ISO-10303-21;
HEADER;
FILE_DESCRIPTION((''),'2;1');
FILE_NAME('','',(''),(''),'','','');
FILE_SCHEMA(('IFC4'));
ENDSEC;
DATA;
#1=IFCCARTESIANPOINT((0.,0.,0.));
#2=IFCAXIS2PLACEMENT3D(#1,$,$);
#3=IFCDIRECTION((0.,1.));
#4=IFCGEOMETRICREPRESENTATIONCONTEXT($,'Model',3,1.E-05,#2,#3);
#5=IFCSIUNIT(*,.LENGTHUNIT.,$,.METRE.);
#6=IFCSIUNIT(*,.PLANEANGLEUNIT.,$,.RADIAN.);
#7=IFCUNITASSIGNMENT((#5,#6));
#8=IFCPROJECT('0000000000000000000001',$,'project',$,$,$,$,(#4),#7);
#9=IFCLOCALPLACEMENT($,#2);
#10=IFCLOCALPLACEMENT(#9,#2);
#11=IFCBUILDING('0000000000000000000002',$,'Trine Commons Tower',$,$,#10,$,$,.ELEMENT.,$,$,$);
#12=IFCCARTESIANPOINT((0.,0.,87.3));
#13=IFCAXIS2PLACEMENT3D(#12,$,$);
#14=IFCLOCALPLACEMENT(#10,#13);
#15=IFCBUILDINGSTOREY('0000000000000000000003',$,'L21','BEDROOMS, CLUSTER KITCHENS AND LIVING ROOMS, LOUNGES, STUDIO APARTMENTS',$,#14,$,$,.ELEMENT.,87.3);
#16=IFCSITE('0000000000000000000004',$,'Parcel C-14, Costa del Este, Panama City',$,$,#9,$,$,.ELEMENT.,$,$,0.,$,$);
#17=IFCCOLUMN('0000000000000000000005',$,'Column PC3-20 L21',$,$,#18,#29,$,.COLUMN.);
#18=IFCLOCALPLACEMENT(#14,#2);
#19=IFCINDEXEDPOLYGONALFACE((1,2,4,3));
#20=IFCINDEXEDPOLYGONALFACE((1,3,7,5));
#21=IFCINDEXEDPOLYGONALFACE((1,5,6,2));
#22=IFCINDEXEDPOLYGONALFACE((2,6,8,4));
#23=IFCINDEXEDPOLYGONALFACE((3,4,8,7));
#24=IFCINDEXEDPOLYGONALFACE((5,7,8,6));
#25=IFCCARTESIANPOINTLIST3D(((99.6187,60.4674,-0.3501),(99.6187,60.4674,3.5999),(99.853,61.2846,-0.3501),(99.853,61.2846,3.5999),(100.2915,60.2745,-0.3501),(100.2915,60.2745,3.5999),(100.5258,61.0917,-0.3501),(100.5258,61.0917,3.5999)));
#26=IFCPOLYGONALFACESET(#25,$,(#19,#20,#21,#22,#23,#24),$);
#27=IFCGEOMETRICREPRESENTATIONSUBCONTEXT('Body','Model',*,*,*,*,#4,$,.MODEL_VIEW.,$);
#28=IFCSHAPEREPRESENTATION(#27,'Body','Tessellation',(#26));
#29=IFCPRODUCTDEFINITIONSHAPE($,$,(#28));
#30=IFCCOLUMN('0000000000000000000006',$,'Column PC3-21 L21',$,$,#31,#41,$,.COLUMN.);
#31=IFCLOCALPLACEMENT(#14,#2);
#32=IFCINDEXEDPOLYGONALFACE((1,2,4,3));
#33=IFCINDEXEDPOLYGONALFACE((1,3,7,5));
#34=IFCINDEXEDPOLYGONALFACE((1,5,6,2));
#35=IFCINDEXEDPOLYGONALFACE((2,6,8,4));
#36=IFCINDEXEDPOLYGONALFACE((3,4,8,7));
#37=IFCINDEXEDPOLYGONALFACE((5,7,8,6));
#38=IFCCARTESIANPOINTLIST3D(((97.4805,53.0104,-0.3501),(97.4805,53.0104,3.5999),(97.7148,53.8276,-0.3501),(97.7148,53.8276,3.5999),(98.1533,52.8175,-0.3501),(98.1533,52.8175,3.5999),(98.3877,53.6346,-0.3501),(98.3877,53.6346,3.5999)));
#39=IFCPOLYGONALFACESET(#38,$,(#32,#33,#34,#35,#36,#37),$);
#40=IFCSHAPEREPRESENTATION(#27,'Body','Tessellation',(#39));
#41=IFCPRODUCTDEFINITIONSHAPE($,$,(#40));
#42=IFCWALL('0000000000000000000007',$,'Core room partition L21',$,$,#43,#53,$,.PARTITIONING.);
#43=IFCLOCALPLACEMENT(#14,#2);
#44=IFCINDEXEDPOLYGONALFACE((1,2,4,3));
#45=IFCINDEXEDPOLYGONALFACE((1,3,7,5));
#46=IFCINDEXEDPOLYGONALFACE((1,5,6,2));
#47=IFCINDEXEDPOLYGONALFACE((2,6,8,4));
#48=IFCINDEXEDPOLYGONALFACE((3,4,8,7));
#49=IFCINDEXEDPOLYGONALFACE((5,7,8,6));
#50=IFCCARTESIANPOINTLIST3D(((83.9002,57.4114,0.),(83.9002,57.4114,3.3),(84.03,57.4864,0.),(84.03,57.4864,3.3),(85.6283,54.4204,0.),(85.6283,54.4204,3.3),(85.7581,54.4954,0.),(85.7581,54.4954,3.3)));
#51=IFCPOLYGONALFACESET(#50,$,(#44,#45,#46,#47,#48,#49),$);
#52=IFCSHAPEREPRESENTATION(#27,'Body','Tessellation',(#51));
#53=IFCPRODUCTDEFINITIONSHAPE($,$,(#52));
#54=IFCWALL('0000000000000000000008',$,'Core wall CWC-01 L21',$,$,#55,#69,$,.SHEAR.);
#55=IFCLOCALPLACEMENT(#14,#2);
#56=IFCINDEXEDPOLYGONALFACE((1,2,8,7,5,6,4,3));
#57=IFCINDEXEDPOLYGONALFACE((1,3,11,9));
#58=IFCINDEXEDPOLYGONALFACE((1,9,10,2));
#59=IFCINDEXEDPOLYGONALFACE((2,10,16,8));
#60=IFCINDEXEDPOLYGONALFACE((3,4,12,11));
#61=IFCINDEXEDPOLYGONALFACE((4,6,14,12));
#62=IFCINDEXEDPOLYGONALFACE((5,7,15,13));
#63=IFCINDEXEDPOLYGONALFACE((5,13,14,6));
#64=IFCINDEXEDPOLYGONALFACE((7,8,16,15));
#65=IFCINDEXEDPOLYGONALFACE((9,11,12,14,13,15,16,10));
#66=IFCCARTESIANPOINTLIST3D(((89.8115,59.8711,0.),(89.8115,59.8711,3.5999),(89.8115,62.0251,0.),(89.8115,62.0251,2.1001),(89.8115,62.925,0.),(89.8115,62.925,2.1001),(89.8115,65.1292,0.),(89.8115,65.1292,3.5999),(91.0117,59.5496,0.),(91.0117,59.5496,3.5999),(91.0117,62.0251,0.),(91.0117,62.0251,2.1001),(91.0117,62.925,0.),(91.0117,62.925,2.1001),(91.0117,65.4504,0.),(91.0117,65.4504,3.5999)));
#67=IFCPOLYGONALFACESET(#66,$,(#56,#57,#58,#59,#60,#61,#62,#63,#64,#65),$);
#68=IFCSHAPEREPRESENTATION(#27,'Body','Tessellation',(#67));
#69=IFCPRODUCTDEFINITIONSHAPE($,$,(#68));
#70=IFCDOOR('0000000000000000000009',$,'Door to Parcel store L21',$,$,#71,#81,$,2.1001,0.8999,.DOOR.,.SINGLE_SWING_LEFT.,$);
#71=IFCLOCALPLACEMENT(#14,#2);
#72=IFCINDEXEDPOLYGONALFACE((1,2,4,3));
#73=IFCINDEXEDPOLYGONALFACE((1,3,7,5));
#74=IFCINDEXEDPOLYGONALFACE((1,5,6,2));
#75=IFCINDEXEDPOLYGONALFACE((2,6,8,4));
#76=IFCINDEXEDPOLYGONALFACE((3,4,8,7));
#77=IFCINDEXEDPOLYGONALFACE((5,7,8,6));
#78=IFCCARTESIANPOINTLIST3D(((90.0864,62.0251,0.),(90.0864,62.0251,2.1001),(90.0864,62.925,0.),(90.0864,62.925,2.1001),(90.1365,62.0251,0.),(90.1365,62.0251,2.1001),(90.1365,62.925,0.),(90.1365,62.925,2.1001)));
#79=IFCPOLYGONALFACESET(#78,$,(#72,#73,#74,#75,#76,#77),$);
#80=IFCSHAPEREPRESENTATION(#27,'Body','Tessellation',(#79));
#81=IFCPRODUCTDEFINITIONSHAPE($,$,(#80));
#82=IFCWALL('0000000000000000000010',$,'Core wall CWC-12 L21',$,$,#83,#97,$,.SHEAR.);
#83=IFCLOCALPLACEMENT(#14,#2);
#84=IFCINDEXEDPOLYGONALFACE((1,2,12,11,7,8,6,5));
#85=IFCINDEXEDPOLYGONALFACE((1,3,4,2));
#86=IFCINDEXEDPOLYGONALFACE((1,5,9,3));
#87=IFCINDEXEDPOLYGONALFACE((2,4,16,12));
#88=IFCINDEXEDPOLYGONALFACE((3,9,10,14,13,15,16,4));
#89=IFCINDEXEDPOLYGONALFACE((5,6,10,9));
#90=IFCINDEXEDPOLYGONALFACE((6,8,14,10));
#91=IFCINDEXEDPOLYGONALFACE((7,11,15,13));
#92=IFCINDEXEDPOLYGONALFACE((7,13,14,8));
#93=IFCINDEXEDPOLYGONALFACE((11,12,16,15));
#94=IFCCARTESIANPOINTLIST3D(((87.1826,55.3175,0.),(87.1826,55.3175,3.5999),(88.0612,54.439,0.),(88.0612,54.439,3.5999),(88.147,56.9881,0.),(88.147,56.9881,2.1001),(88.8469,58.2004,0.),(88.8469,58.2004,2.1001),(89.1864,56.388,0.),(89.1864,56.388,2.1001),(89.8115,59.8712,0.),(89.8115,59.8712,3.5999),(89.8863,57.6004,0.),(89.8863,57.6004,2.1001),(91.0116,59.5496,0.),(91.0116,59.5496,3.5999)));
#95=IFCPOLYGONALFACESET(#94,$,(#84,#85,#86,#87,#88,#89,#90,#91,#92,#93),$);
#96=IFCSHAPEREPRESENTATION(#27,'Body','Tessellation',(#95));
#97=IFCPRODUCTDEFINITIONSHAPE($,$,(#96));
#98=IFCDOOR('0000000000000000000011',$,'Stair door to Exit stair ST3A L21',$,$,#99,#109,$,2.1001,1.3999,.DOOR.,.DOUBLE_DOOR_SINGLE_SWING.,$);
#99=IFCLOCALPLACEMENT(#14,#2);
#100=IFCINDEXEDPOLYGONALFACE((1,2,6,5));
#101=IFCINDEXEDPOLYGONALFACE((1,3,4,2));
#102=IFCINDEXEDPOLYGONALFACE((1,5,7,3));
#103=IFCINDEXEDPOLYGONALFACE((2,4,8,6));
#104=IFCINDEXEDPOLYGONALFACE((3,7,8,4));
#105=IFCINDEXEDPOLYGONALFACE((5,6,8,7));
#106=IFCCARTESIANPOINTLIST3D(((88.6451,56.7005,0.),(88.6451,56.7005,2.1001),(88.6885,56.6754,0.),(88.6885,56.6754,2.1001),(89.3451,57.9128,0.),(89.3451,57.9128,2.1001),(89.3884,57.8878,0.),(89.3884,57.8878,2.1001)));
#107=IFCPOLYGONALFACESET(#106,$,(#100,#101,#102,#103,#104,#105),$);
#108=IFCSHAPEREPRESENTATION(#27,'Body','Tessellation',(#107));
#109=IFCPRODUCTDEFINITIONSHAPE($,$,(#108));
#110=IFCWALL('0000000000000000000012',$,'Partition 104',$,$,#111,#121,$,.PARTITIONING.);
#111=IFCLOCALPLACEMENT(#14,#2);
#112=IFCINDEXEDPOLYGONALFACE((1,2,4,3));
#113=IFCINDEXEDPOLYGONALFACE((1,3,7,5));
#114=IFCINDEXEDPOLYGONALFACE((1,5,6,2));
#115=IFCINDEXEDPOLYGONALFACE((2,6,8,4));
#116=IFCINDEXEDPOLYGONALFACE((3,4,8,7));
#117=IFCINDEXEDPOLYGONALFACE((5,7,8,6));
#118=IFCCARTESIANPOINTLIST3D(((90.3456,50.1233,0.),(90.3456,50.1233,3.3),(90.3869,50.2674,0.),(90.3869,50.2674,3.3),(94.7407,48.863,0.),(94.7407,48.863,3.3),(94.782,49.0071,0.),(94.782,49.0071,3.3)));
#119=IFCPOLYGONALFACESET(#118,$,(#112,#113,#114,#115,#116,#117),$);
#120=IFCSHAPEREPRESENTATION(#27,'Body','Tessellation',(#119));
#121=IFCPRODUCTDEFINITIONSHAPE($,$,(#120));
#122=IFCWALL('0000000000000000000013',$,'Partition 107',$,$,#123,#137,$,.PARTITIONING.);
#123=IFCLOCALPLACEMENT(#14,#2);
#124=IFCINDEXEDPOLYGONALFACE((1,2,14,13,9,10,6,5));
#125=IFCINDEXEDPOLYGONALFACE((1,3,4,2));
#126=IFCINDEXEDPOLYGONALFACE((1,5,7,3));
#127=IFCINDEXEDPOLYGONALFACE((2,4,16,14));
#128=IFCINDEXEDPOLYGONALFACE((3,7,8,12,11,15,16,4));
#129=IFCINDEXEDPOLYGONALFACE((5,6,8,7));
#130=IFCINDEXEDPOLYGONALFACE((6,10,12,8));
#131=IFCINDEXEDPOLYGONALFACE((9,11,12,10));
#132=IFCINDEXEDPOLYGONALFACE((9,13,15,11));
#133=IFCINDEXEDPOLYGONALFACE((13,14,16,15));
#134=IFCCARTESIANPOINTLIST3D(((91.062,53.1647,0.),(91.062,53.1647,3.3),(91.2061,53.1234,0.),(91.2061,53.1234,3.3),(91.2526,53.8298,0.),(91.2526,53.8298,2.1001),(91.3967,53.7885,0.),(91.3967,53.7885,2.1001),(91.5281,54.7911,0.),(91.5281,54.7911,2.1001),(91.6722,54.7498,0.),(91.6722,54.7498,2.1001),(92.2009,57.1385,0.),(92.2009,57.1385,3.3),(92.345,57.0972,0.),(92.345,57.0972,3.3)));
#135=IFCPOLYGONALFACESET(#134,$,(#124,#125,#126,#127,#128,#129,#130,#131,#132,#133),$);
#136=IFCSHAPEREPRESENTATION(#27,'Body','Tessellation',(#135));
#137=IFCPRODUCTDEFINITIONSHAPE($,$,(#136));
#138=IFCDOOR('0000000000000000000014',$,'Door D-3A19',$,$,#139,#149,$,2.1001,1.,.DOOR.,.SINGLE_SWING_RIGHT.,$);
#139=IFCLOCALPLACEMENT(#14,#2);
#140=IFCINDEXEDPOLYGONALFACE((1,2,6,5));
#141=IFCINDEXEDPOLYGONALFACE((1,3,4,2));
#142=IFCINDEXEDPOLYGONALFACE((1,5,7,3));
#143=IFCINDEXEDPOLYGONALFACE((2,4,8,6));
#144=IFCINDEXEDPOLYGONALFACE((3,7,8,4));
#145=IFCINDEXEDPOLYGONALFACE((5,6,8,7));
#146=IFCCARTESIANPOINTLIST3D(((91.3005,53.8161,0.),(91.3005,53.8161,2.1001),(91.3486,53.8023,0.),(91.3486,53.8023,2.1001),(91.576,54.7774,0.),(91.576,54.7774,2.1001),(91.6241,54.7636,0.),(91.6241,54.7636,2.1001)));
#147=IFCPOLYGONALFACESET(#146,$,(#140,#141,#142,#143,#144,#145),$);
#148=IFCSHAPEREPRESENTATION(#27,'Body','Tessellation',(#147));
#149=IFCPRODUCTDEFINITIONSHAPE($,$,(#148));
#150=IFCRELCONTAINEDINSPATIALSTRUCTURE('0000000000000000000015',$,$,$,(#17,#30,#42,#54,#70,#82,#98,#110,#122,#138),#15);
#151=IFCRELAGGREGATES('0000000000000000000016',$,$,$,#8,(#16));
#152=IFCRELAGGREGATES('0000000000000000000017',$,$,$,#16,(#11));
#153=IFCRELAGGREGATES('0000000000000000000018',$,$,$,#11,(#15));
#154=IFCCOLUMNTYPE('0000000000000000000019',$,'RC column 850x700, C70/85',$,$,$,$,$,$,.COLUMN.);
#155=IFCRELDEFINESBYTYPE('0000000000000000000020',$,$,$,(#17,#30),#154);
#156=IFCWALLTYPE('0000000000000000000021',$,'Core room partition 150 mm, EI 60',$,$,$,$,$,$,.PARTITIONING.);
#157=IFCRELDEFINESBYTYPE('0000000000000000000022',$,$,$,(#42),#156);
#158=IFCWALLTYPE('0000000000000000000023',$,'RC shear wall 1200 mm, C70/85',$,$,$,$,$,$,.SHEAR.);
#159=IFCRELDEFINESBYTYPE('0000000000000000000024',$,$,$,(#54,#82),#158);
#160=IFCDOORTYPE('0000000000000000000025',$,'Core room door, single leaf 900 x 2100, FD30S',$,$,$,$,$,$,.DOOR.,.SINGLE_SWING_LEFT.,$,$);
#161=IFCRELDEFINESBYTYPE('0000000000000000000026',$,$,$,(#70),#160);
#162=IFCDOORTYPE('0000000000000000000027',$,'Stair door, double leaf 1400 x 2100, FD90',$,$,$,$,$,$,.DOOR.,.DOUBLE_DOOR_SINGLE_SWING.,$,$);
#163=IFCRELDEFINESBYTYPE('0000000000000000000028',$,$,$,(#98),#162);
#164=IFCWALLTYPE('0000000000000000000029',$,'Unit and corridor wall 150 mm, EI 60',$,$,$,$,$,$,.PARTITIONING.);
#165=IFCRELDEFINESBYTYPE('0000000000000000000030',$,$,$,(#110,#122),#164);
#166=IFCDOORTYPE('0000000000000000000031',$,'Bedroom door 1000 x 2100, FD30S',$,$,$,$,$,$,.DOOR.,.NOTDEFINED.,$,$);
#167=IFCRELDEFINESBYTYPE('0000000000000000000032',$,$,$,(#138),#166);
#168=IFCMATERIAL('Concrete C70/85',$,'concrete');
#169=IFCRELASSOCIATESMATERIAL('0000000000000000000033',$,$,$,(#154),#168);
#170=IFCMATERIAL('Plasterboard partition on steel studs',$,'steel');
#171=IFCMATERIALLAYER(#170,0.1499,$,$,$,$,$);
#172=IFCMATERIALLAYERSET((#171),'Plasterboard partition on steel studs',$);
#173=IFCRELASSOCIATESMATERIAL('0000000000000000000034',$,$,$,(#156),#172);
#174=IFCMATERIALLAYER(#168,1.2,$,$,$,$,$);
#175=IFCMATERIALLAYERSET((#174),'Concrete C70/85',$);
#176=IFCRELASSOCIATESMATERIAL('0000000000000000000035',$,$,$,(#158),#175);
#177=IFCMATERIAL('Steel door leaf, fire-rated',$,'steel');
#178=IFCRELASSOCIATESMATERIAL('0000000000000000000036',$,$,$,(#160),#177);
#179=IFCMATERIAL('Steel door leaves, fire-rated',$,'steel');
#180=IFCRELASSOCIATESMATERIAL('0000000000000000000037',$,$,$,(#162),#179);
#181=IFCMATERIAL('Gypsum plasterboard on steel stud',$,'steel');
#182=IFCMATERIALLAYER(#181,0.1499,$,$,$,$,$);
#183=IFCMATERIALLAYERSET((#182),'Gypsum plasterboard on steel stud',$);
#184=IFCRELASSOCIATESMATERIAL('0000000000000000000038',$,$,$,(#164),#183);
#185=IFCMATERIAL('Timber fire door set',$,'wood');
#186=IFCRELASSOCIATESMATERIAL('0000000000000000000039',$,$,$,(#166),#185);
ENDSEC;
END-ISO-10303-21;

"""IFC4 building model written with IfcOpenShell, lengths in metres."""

from ifc_helpers import new_model, si_unit, direction, frame, frame_2d, origin, origin_2d, place, context, subcontext, project, spatial, polyline, rectangle, outline, extrude, material, layer, layer_set, material_profile, profile_set, type_object, element, fill, save


model = new_model("IFC4")

# Units and contexts
model_context = context("Model", 3, precision=1e-05, world=origin(), true_north=direction((0.0, 1.0)))
body_context = subcontext(model_context, "Body", "Model", "MODEL_VIEW")
ifc_project = project(units=[si_unit("LENGTHUNIT", "METRE"), si_unit("PLANEANGLEUNIT", "RADIAN")], contexts=[model_context])

# Site, building, storey
site_placement = place(None, origin())
site = spatial("IfcSite", under=ifc_project, at=site_placement, Name="Parcel C-14, Costa del Este, Panama City", CompositionType="ELEMENT", RefElevation=0.0)
building_placement = place(site_placement, origin())
building = spatial("IfcBuilding", under=site, at=building_placement, Name="Trine Commons Tower", CompositionType="ELEMENT")
storey_placement = place(building_placement, frame((0.0, 0.0, 87.3)))
storey = spatial("IfcBuildingStorey", under=building, at=storey_placement, Name="L21", Description="BEDROOMS, CLUSTER KITCHENS AND LIVING ROOMS, LOUNGES, STUDIO APARTMENTS", CompositionType="ELEMENT", Elevation=87.3)

# Columns
ifc_material_1 = material(Name="Concrete C70/85", Category="concrete")
ifc_material_profile = material_profile(ifc_material_1, rectangle(XDim=0.8501, YDim=0.7, at=origin_2d()), Name="RC 850x700")
ifc_profile_set = profile_set([ifc_material_profile], Name="Concrete C70/85")
column_type = type_object("IfcColumnType", Name="RC column 850x700, C70/85", PredefinedType="COLUMN", material=ifc_profile_set)
for number, where, z_axis, x_axis, name in (
    (1, (100.0723, 60.7795, -0.3501), (0.0, 0.0, 1.0), (0.275637, 0.961262, 0.0), "Column PC3-20 L21"),
    (2, (97.9341, 53.3225, -0.3501), (0.0, 0.0, 1.0), (0.275637, 0.961262, 0.0), "Column PC3-21 L21"),
):
    element("IfcColumn", number, at=place(storey_placement, frame(where, z_axis=z_axis, x_axis=x_axis)), inside=storey, type_object=column_type, Name=name, PredefinedType="COLUMN", context=body_context, shape_type="SweptSolid", body=[
        extrude(rectangle(XDim=0.8501, YDim=0.7, at=origin_2d()), origin(), (0.0, 0.0, 1.0), 3.95),
    ])

# Wall
ifc_material_2 = material(Name="Plasterboard partition on steel studs", Category="steel")
ifc_layer_1 = layer(ifc_material_2, 0.1499)
ifc_layer_set_1 = layer_set([ifc_layer_1], Name="Plasterboard partition on steel studs")
wall_type_1 = type_object("IfcWallType", Name="Core room partition 150 mm, EI 60", PredefinedType="PARTITIONING", material=ifc_layer_set_1)
wall_1_placement = place(storey_placement, frame((85.6931, 54.458, 0.0), z_axis=(0.0, 0.0, 1.0), x_axis=(-0.500259, 0.865876, 0.0)))
element("IfcWall", 3, at=wall_1_placement, inside=storey, type_object=wall_type_1, Name="Core room partition L21", PredefinedType="PARTITIONING", context=body_context, shape_type="SweptSolid", body=[
    extrude(rectangle(XDim=3.4543, YDim=0.1499, at=frame_2d((1.7271, 0.0))), origin(), (0.0, 0.0, 1.0), 3.3),
])

# Walls, openings, doors
ifc_layer_2 = layer(ifc_material_1, 1.2)
ifc_layer_set_2 = layer_set([ifc_layer_2], Name="Concrete C70/85")
wall_type_2 = type_object("IfcWallType", Name="RC shear wall 1200 mm, C70/85", PredefinedType="SHEAR", material=ifc_layer_set_2)
wall_2_placement = place(storey_placement, frame((90.4116, 59.5496, 0.0), z_axis=(0.0, 0.0, 1.0), x_axis=(0.0, 1.0, 0.0)))
wall_2 = element("IfcWall", 4, at=wall_2_placement, inside=storey, type_object=wall_type_2, Name="Core wall CWC-01 L21", PredefinedType="SHEAR", context=body_context, shape_type="SweptSolid", body=[
    extrude(outline(polyline([(0.0, -0.6001), (5.9009, -0.6001), (5.5796, 0.6001), (0.3215, 0.6001), (0.0, -0.6001)])), origin(), (0.0, 0.0, 1.0), 3.5999),
])
opening_1_placement = place(wall_2_placement, frame((2.4756, 0.0, 0.0)))
opening_1 = element("IfcOpeningElement", 5, at=opening_1_placement, cuts=wall_2, PredefinedType="OPENING", context=body_context, shape_type="SweptSolid", body=[
    extrude(rectangle(XDim=0.8999, YDim=2.1001, at=frame_2d((0.45, 1.05))), frame((0.0, 0.6099, 0.0), z_axis=(0.0, -1.0, 0.0), x_axis=(1.0, 0.0, 0.0)), (0.0, 0.0, 1.0), 1.22),
])
ifc_material_3 = material(Name="Steel door leaf, fire-rated", Category="steel")
door_type_1 = type_object("IfcDoorType", Name="Core room door, single leaf 900 x 2100, FD30S", OperationType="SINGLE_SWING_LEFT", PredefinedType="DOOR", material=ifc_material_3)
door_1_placement = place(opening_1_placement, origin())
door_1 = element("IfcDoor", 6, at=door_1_placement, inside=storey, type_object=door_type_1, Name="Door to Parcel store L21", OperationType="SINGLE_SWING_LEFT", OverallHeight=2.1001, OverallWidth=0.8999, PredefinedType="DOOR", context=body_context, shape_type="SweptSolid", body=[
    extrude(rectangle(XDim=0.8999, YDim=2.1001, at=frame_2d((0.45, 1.05))), frame((0.0, 0.3252, 0.0), z_axis=(0.0, -1.0, 0.0), x_axis=(1.0, 0.0, 0.0)), (0.0, 0.0, 1.0), 0.05),
])
fill(opening_1, door_1)
wall_3_placement = place(storey_placement, frame((87.5415, 54.739, 0.0), z_axis=(0.0, 0.0, 1.0), x_axis=(0.499979, 0.866037, 0.0)))
wall_3 = element("IfcWall", 7, at=wall_3_placement, inside=storey, type_object=wall_type_2, Name="Core wall CWC-12 L21", PredefinedType="SHEAR", context=body_context, shape_type="SweptSolid", body=[
    extrude(outline(polyline([(0.0, -0.6001), (5.9011, -0.6001), (5.5796, 0.6001), (0.3215, 0.6001), (0.0, -0.6001)])), origin(), (0.0, 0.0, 1.0), 3.5999),
])
opening_2_placement = place(wall_3_placement, frame((2.2505, 0.0, 0.0)))
opening_2 = element("IfcOpeningElement", 8, at=opening_2_placement, cuts=wall_3, PredefinedType="OPENING", context=body_context, shape_type="SweptSolid", body=[
    extrude(rectangle(XDim=1.3999, YDim=2.1001, at=frame_2d((0.7, 1.05))), frame((0.0, 0.6099, 0.0), z_axis=(0.0, -1.0, 0.0), x_axis=(1.0, 0.0, 0.0)), (0.0, 0.0, 1.0), 1.22),
])
ifc_material_4 = material(Name="Steel door leaves, fire-rated", Category="steel")
door_type_2 = type_object("IfcDoorType", Name="Stair door, double leaf 1400 x 2100, FD90", OperationType="DOUBLE_DOOR_SINGLE_SWING", PredefinedType="DOOR", material=ifc_material_4)
door_2_placement = place(opening_2_placement, origin())
door_2 = element("IfcDoor", 9, at=door_2_placement, inside=storey, type_object=door_type_2, Name="Stair door to Exit stair ST3A L21", OperationType="DOUBLE_DOOR_SINGLE_SWING", OverallHeight=2.1001, OverallWidth=1.3999, PredefinedType="DOOR", context=body_context, shape_type="SweptSolid", body=[
    extrude(rectangle(XDim=1.3999, YDim=2.1001, at=frame_2d((0.7, 1.05))), frame((0.0, 0.0249, 0.0), z_axis=(0.0, -1.0, 0.0), x_axis=(1.0, 0.0, 0.0)), (0.0, 0.0, 1.0), 0.05),
])
fill(opening_2, door_2)

# Wall
ifc_material_5 = material(Name="Gypsum plasterboard on steel stud", Category="steel")
ifc_layer_3 = layer(ifc_material_5, 0.1499)
ifc_layer_set_3 = layer_set([ifc_layer_3], Name="Gypsum plasterboard on steel stud")
wall_type_3 = type_object("IfcWallType", Name="Unit and corridor wall 150 mm, EI 60", PredefinedType="PARTITIONING", material=ifc_layer_set_3)
wall_4_placement = place(storey_placement, frame((90.3662, 50.1953, 0.0), z_axis=(0.0, 0.0, 1.0), x_axis=(0.961266, -0.275624, 0.0)))
element("IfcWall", 10, at=wall_4_placement, inside=storey, type_object=wall_type_3, Name="Partition 104", PredefinedType="PARTITIONING", context=body_context, shape_type="SweptSolid", body=[
    extrude(rectangle(XDim=4.5723, YDim=0.1499, at=frame_2d((2.2861, 0.0))), origin(), (0.0, 0.0, 1.0), 3.3),
])

# Wall, opening, door
wall_5_placement = place(storey_placement, frame((91.134, 53.144, 0.0), z_axis=(0.0, 0.0, 1.0), x_axis=(0.275509, 0.961299, 0.0)))
wall_5 = element("IfcWall", 11, at=wall_5_placement, inside=storey, type_object=wall_type_3, Name="Partition 107", PredefinedType="PARTITIONING", context=body_context, shape_type="SweptSolid", body=[
    extrude(rectangle(XDim=4.1338, YDim=0.1499, at=frame_2d((2.0669, 0.0))), origin(), (0.0, 0.0, 1.0), 3.3),
])
opening_3_placement = place(wall_5_placement, frame((0.6919, 0.0, 0.0)))
opening_3 = element("IfcOpeningElement", 12, at=opening_3_placement, cuts=wall_5, PredefinedType="OPENING", context=body_context, shape_type="SweptSolid", body=[
    extrude(rectangle(XDim=1.0, YDim=2.1001, at=frame_2d((0.5, 1.05))), frame((0.0, 0.085, 0.0), z_axis=(0.0, -1.0, 0.0), x_axis=(1.0, 0.0, 0.0)), (0.0, 0.0, 1.0), 0.1699),
])
ifc_material_6 = material(Name="Timber fire door set", Category="wood")
door_type_3 = type_object("IfcDoorType", Name="Bedroom door 1000 x 2100, FD30S", OperationType="NOTDEFINED", PredefinedType="DOOR", material=ifc_material_6)
door_3_placement = place(opening_3_placement, frame((1.0, 0.0, 0.0), z_axis=(0.0, 0.0, 1.0), x_axis=(-1.0, 0.0, 0.0)))
door_3 = element("IfcDoor", 13, at=door_3_placement, inside=storey, type_object=door_type_3, Name="Door D-3A19", OperationType="SINGLE_SWING_RIGHT", OverallHeight=2.1001, OverallWidth=1.0, PredefinedType="DOOR", context=body_context, shape_type="SweptSolid", body=[
    extrude(rectangle(XDim=1.0, YDim=2.1001, at=frame_2d((0.5, 1.05))), frame((0.0, 0.0249, 0.0), z_axis=(0.0, -1.0, 0.0), x_axis=(1.0, 0.0, 0.0)), (0.0, 0.0, 1.0), 0.05),
])
fill(opening_3, door_3)

save(model, "model.ifc")
